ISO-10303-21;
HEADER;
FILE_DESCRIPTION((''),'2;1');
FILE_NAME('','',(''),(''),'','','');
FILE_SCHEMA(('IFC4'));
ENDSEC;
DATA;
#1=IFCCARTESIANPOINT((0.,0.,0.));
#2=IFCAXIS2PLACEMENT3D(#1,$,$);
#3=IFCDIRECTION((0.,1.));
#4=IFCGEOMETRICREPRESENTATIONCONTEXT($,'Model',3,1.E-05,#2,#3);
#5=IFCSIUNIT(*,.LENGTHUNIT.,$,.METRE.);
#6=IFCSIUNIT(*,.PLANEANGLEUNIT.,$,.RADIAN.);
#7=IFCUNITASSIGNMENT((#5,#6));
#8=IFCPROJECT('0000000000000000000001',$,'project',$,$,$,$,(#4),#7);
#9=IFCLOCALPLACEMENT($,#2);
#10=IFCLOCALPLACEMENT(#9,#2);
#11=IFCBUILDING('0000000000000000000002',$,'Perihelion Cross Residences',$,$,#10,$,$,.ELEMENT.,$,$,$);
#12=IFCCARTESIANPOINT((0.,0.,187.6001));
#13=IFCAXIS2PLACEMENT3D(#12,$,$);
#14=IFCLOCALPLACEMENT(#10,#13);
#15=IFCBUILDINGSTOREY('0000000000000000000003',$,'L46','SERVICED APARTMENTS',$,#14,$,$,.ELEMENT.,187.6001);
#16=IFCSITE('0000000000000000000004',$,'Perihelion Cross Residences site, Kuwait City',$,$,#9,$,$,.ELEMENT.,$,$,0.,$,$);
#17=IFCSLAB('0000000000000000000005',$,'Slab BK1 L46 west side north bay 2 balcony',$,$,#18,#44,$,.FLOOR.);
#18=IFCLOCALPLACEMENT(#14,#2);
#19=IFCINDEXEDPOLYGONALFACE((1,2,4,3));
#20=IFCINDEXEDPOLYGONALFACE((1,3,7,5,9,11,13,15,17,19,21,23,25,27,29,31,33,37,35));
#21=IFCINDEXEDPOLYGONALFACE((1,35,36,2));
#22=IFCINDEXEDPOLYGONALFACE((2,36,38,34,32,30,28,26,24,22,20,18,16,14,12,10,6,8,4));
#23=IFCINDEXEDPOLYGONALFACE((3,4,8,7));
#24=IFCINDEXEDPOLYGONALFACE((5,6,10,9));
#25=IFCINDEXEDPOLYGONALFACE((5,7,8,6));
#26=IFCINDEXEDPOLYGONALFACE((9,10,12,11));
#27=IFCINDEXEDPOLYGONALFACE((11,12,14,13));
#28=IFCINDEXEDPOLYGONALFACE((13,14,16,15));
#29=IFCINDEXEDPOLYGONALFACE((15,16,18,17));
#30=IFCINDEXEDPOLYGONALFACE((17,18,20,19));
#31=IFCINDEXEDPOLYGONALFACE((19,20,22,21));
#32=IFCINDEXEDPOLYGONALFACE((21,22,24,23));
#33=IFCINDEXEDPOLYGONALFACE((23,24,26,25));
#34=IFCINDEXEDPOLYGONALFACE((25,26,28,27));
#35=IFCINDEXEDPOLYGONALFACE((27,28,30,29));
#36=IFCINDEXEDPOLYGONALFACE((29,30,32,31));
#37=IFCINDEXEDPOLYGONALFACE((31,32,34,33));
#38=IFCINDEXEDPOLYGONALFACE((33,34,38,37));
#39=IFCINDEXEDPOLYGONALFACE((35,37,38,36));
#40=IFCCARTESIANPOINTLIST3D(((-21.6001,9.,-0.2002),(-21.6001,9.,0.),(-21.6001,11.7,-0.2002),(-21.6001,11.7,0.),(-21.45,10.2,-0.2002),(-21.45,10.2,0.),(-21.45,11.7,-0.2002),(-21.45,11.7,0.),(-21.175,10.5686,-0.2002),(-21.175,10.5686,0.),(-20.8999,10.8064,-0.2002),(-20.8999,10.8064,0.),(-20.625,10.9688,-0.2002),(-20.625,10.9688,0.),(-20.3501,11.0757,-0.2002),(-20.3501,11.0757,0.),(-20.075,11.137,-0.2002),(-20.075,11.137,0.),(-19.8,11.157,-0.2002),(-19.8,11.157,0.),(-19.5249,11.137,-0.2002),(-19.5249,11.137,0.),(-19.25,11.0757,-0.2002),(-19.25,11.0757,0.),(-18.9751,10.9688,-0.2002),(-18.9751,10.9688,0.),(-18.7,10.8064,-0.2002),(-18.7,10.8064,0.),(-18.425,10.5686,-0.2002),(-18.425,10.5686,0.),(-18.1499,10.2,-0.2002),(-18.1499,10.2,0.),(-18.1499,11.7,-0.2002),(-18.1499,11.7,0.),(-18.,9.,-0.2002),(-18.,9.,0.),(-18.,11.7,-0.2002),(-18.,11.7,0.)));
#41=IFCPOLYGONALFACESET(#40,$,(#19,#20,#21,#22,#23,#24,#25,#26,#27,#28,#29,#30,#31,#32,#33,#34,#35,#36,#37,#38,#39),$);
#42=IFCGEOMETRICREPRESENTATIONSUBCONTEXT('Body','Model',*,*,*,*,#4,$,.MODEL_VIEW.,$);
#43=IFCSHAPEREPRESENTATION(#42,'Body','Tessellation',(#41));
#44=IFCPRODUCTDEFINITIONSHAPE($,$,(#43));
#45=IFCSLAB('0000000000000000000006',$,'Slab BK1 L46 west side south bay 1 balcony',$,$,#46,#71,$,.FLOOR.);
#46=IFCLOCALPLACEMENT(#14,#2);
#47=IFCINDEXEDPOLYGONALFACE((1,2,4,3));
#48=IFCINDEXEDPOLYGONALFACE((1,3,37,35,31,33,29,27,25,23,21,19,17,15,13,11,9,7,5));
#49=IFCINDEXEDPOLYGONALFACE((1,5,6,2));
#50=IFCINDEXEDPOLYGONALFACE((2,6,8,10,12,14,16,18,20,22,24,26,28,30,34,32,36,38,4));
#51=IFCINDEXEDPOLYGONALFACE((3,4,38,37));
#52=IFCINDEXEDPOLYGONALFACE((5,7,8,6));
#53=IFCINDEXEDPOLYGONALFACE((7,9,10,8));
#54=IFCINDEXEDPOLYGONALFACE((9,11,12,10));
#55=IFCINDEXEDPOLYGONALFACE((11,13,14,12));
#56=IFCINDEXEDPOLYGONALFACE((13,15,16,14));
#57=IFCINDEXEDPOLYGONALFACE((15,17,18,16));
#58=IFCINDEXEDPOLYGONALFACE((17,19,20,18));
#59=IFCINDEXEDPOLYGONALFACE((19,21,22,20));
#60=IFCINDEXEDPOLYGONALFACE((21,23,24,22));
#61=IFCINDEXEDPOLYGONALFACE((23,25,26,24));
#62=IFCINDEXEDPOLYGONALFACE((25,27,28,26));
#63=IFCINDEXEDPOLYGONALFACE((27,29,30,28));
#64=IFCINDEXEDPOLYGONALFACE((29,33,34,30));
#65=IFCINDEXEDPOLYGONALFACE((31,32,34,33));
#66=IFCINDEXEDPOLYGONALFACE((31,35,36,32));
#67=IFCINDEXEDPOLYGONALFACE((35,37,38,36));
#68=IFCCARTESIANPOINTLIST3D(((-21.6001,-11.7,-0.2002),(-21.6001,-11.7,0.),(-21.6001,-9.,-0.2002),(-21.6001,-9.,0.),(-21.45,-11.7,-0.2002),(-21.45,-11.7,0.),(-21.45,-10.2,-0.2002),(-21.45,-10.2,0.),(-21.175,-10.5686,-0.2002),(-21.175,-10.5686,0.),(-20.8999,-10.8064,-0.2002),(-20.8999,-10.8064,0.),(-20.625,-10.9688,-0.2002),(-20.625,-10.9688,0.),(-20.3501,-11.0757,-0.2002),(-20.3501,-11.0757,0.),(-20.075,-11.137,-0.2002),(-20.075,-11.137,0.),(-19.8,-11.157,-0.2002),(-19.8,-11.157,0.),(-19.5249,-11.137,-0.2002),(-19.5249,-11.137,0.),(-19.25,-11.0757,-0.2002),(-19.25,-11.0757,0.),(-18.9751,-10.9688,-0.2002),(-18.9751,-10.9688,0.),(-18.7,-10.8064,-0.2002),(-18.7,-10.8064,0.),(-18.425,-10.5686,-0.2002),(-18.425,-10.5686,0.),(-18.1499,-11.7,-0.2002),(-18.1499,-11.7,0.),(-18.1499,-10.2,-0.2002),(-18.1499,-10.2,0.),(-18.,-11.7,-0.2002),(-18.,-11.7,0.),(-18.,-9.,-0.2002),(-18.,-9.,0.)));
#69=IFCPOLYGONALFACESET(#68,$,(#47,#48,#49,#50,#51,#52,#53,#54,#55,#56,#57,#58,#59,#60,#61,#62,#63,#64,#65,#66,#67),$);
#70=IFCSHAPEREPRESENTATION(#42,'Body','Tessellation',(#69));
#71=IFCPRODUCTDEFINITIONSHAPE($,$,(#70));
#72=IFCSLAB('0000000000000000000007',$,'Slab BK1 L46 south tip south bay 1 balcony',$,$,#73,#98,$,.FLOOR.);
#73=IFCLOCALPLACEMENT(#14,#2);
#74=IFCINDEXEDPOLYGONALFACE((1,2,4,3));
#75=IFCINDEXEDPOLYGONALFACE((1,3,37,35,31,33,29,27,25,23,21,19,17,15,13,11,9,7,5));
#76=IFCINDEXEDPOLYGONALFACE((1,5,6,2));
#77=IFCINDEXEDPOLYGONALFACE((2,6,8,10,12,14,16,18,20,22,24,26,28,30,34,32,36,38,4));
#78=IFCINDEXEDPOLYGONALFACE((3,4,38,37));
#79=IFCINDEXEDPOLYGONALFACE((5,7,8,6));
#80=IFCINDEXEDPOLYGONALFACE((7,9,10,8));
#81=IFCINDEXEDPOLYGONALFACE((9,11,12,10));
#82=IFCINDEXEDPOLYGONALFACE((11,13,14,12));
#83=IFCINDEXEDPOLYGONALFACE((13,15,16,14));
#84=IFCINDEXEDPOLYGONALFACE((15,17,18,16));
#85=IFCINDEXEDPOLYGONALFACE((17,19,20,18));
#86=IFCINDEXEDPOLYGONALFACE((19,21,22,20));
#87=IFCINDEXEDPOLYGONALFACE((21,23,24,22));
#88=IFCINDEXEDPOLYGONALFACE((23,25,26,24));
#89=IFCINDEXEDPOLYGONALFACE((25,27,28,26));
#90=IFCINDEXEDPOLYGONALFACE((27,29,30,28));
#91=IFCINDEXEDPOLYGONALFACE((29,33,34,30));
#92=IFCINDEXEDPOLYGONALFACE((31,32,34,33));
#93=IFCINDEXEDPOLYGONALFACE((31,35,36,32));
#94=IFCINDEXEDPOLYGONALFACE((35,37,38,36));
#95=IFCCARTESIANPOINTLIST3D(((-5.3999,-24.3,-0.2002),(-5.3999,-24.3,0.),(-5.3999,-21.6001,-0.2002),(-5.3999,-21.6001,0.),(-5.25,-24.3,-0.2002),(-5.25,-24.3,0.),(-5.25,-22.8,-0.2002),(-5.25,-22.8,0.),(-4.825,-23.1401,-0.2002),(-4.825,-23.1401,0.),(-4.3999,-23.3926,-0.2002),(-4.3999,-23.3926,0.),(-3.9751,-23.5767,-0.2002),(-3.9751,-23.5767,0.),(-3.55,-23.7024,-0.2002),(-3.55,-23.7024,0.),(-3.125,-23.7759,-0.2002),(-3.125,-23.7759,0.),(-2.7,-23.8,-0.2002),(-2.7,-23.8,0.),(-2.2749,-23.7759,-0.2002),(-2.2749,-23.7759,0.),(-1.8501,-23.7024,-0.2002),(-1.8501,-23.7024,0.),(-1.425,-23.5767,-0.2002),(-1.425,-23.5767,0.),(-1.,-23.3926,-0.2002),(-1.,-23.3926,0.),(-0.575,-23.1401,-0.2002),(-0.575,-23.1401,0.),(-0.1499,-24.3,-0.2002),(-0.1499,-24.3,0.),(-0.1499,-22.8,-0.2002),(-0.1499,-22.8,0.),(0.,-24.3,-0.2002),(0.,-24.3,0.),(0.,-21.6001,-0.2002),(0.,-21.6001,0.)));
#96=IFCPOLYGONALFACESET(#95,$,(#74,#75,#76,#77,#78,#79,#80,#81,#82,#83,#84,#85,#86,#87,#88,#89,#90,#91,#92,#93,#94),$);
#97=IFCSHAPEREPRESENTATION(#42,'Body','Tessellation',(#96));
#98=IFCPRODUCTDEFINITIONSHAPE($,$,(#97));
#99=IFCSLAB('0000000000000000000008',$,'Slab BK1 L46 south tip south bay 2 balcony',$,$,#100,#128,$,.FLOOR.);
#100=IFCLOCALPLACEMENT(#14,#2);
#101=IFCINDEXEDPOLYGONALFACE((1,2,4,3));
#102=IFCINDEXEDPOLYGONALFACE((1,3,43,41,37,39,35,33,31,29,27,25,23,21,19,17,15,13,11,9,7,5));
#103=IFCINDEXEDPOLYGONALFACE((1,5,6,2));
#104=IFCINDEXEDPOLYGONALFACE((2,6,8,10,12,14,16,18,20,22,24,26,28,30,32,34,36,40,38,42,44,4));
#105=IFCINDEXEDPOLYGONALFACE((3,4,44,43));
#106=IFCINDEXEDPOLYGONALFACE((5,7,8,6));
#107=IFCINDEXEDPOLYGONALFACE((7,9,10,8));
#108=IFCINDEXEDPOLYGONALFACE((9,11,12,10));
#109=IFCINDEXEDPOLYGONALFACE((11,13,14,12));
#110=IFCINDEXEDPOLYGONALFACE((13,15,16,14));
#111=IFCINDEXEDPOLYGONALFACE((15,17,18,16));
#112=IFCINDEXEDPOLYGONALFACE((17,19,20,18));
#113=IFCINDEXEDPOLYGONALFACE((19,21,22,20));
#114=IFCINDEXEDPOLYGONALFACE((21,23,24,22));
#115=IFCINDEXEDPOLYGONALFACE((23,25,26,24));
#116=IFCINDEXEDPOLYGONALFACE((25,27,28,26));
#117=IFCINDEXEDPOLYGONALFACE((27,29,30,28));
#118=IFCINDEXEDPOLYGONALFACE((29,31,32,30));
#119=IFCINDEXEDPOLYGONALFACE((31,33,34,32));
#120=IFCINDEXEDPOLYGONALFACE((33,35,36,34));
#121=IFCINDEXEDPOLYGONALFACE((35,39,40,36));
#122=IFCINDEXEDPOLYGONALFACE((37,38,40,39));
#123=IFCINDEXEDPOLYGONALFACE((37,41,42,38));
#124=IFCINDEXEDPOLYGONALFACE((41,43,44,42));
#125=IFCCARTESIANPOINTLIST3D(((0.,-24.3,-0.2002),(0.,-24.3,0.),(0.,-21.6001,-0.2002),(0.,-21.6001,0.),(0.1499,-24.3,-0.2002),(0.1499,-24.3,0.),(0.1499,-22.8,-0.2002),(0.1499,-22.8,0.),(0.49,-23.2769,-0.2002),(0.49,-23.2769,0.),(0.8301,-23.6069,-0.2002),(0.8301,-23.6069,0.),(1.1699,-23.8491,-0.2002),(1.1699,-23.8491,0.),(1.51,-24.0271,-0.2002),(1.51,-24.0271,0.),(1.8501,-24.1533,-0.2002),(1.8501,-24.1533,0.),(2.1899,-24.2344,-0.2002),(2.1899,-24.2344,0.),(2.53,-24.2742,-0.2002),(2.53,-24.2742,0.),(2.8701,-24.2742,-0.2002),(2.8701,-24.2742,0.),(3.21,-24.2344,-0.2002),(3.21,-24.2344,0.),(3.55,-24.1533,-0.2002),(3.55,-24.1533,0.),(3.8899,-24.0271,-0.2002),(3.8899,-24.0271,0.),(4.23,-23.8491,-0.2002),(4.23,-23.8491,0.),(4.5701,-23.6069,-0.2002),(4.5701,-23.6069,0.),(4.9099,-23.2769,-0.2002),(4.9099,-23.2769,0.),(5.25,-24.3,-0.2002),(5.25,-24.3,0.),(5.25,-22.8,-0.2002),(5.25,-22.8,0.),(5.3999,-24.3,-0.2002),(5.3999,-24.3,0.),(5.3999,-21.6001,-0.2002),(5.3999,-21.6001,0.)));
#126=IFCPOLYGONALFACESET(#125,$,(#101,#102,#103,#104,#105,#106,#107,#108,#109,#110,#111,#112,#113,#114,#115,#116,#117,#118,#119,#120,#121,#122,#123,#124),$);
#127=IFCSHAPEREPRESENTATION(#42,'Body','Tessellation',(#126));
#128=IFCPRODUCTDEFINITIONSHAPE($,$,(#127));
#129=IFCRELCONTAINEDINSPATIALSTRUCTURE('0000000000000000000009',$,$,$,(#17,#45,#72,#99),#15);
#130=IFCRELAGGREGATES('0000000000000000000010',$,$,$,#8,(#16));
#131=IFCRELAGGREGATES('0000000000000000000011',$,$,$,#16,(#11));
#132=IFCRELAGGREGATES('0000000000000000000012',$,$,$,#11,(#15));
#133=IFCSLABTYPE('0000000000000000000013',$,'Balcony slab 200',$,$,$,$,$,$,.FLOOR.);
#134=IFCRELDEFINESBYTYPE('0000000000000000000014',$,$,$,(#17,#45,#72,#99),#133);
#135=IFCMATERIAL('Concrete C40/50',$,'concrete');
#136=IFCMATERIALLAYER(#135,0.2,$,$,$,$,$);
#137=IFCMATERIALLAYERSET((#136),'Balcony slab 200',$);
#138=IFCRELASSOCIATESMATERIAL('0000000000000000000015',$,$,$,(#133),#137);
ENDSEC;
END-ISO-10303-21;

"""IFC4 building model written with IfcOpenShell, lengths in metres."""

from ifc_helpers import new_model, si_unit, direction, frame, origin, place, context, subcontext, project, spatial, polyline, outline, extrude, material, layer, layer_set, type_object, element, save


model = new_model("IFC4")

# Units and contexts
model_context = context("Model", 3, precision=1e-05, world=origin(), true_north=direction((0.0, 1.0)))
body_context = subcontext(model_context, "Body", "Model", "MODEL_VIEW")
ifc_project = project(units=[si_unit("LENGTHUNIT", "METRE"), si_unit("PLANEANGLEUNIT", "RADIAN")], contexts=[model_context])

# Site, building, storey
site_placement = place(None, origin())
site = spatial("IfcSite", under=ifc_project, at=site_placement, Name="Perihelion Cross Residences site, Kuwait City", CompositionType="ELEMENT", RefElevation=0.0)
building_placement = place(site_placement, origin())
building = spatial("IfcBuilding", under=site, at=building_placement, Name="Perihelion Cross Residences", CompositionType="ELEMENT")
storey_placement = place(building_placement, frame((0.0, 0.0, 187.6001)))
storey = spatial("IfcBuildingStorey", under=building, at=storey_placement, Name="L46", Description="SERVICED APARTMENTS", CompositionType="ELEMENT", Elevation=187.6001)

# Slabs
ifc_material_1 = material(Name="Concrete C40/50", Category="concrete")
ifc_layer_1 = layer(ifc_material_1, 0.2)
ifc_layer_set_1 = layer_set([ifc_layer_1], Name="Balcony slab 200")
slab_type_1 = type_object("IfcSlabType", Name="Balcony slab 200", PredefinedType="FLOOR", material=ifc_layer_set_1)
slab_1_placement = place(storey_placement, frame((0.0, 0.0, -0.2002)))
element("IfcSlab", 1, at=slab_1_placement, inside=storey, type_object=slab_type_1, Name="Slab BK1 L46 west side north bay 2 balcony", PredefinedType="FLOOR", context=body_context, shape_type="SweptSolid", body=[
    extrude(outline(polyline([(-18.0, 9.0), (-21.6001, 9.0), (-21.6001, 11.7), (-21.45, 11.7), (-21.45, 10.2), (-21.175, 10.5686), (-20.8999, 10.8064), (-20.625, 10.9688), (-20.3501, 11.0757), (-20.075, 11.137), (-19.8, 11.157), (-19.5249, 11.137), (-19.25, 11.0757), (-18.9751, 10.9688), (-18.7, 10.8064), (-18.425, 10.5686), (-18.1499, 10.2), (-18.1499, 11.7), (-18.0, 11.7), (-18.0, 9.0)])), origin(), (0.0, 0.0, 1.0), 0.2002),
])
slab_2_placement = place(storey_placement, frame((0.0, 0.0, -0.2002)))
element("IfcSlab", 2, at=slab_2_placement, inside=storey, type_object=slab_type_1, Name="Slab BK1 L46 west side south bay 1 balcony", PredefinedType="FLOOR", context=body_context, shape_type="SweptSolid", body=[
    extrude(outline(polyline([(-21.6001, -9.0), (-18.0, -9.0), (-18.0, -11.7), (-18.1499, -11.7), (-18.1499, -10.2), (-18.425, -10.5686), (-18.7, -10.8064), (-18.9751, -10.9688), (-19.25, -11.0757), (-19.5249, -11.137), (-19.8, -11.157), (-20.075, -11.137), (-20.3501, -11.0757), (-20.625, -10.9688), (-20.8999, -10.8064), (-21.175, -10.5686), (-21.45, -10.2), (-21.45, -11.7), (-21.6001, -11.7), (-21.6001, -9.0)])), origin(), (0.0, 0.0, 1.0), 0.2002),
])
slab_3_placement = place(storey_placement, frame((0.0, 0.0, -0.2002)))
element("IfcSlab", 3, at=slab_3_placement, inside=storey, type_object=slab_type_1, Name="Slab BK1 L46 south tip south bay 1 balcony", PredefinedType="FLOOR", context=body_context, shape_type="SweptSolid", body=[
    extrude(outline(polyline([(-5.3999, -21.6001), (0.0, -21.6001), (0.0, -24.3), (-0.1499, -24.3), (-0.1499, -22.8), (-0.575, -23.1401), (-1.0, -23.3926), (-1.425, -23.5767), (-1.8501, -23.7024), (-2.2749, -23.7759), (-2.7, -23.8), (-3.125, -23.7759), (-3.55, -23.7024), (-3.9751, -23.5767), (-4.3999, -23.3926), (-4.825, -23.1401), (-5.25, -22.8), (-5.25, -24.3), (-5.3999, -24.3), (-5.3999, -21.6001)])), origin(), (0.0, 0.0, 1.0), 0.2002),
])
slab_4_placement = place(storey_placement, frame((0.0, 0.0, -0.2002)))
element("IfcSlab", 4, at=slab_4_placement, inside=storey, type_object=slab_type_1, Name="Slab BK1 L46 south tip south bay 2 balcony", PredefinedType="FLOOR", context=body_context, shape_type="SweptSolid", body=[
    extrude(outline(polyline([(0.0, -21.6001), (5.3999, -21.6001), (5.3999, -24.3), (5.25, -24.3), (5.25, -22.8), (4.9099, -23.2769), (4.5701, -23.6069), (4.23, -23.8491), (3.8899, -24.0271), (3.55, -24.1533), (3.21, -24.2344), (2.8701, -24.2742), (2.53, -24.2742), (2.1899, -24.2344), (1.8501, -24.1533), (1.51, -24.0271), (1.1699, -23.8491), (0.8301, -23.6069), (0.49, -23.2769), (0.1499, -22.8), (0.1499, -24.3), (0.0, -24.3), (0.0, -21.6001)])), origin(), (0.0, 0.0, 1.0), 0.2002),
])

save(model, "model.ifc")
